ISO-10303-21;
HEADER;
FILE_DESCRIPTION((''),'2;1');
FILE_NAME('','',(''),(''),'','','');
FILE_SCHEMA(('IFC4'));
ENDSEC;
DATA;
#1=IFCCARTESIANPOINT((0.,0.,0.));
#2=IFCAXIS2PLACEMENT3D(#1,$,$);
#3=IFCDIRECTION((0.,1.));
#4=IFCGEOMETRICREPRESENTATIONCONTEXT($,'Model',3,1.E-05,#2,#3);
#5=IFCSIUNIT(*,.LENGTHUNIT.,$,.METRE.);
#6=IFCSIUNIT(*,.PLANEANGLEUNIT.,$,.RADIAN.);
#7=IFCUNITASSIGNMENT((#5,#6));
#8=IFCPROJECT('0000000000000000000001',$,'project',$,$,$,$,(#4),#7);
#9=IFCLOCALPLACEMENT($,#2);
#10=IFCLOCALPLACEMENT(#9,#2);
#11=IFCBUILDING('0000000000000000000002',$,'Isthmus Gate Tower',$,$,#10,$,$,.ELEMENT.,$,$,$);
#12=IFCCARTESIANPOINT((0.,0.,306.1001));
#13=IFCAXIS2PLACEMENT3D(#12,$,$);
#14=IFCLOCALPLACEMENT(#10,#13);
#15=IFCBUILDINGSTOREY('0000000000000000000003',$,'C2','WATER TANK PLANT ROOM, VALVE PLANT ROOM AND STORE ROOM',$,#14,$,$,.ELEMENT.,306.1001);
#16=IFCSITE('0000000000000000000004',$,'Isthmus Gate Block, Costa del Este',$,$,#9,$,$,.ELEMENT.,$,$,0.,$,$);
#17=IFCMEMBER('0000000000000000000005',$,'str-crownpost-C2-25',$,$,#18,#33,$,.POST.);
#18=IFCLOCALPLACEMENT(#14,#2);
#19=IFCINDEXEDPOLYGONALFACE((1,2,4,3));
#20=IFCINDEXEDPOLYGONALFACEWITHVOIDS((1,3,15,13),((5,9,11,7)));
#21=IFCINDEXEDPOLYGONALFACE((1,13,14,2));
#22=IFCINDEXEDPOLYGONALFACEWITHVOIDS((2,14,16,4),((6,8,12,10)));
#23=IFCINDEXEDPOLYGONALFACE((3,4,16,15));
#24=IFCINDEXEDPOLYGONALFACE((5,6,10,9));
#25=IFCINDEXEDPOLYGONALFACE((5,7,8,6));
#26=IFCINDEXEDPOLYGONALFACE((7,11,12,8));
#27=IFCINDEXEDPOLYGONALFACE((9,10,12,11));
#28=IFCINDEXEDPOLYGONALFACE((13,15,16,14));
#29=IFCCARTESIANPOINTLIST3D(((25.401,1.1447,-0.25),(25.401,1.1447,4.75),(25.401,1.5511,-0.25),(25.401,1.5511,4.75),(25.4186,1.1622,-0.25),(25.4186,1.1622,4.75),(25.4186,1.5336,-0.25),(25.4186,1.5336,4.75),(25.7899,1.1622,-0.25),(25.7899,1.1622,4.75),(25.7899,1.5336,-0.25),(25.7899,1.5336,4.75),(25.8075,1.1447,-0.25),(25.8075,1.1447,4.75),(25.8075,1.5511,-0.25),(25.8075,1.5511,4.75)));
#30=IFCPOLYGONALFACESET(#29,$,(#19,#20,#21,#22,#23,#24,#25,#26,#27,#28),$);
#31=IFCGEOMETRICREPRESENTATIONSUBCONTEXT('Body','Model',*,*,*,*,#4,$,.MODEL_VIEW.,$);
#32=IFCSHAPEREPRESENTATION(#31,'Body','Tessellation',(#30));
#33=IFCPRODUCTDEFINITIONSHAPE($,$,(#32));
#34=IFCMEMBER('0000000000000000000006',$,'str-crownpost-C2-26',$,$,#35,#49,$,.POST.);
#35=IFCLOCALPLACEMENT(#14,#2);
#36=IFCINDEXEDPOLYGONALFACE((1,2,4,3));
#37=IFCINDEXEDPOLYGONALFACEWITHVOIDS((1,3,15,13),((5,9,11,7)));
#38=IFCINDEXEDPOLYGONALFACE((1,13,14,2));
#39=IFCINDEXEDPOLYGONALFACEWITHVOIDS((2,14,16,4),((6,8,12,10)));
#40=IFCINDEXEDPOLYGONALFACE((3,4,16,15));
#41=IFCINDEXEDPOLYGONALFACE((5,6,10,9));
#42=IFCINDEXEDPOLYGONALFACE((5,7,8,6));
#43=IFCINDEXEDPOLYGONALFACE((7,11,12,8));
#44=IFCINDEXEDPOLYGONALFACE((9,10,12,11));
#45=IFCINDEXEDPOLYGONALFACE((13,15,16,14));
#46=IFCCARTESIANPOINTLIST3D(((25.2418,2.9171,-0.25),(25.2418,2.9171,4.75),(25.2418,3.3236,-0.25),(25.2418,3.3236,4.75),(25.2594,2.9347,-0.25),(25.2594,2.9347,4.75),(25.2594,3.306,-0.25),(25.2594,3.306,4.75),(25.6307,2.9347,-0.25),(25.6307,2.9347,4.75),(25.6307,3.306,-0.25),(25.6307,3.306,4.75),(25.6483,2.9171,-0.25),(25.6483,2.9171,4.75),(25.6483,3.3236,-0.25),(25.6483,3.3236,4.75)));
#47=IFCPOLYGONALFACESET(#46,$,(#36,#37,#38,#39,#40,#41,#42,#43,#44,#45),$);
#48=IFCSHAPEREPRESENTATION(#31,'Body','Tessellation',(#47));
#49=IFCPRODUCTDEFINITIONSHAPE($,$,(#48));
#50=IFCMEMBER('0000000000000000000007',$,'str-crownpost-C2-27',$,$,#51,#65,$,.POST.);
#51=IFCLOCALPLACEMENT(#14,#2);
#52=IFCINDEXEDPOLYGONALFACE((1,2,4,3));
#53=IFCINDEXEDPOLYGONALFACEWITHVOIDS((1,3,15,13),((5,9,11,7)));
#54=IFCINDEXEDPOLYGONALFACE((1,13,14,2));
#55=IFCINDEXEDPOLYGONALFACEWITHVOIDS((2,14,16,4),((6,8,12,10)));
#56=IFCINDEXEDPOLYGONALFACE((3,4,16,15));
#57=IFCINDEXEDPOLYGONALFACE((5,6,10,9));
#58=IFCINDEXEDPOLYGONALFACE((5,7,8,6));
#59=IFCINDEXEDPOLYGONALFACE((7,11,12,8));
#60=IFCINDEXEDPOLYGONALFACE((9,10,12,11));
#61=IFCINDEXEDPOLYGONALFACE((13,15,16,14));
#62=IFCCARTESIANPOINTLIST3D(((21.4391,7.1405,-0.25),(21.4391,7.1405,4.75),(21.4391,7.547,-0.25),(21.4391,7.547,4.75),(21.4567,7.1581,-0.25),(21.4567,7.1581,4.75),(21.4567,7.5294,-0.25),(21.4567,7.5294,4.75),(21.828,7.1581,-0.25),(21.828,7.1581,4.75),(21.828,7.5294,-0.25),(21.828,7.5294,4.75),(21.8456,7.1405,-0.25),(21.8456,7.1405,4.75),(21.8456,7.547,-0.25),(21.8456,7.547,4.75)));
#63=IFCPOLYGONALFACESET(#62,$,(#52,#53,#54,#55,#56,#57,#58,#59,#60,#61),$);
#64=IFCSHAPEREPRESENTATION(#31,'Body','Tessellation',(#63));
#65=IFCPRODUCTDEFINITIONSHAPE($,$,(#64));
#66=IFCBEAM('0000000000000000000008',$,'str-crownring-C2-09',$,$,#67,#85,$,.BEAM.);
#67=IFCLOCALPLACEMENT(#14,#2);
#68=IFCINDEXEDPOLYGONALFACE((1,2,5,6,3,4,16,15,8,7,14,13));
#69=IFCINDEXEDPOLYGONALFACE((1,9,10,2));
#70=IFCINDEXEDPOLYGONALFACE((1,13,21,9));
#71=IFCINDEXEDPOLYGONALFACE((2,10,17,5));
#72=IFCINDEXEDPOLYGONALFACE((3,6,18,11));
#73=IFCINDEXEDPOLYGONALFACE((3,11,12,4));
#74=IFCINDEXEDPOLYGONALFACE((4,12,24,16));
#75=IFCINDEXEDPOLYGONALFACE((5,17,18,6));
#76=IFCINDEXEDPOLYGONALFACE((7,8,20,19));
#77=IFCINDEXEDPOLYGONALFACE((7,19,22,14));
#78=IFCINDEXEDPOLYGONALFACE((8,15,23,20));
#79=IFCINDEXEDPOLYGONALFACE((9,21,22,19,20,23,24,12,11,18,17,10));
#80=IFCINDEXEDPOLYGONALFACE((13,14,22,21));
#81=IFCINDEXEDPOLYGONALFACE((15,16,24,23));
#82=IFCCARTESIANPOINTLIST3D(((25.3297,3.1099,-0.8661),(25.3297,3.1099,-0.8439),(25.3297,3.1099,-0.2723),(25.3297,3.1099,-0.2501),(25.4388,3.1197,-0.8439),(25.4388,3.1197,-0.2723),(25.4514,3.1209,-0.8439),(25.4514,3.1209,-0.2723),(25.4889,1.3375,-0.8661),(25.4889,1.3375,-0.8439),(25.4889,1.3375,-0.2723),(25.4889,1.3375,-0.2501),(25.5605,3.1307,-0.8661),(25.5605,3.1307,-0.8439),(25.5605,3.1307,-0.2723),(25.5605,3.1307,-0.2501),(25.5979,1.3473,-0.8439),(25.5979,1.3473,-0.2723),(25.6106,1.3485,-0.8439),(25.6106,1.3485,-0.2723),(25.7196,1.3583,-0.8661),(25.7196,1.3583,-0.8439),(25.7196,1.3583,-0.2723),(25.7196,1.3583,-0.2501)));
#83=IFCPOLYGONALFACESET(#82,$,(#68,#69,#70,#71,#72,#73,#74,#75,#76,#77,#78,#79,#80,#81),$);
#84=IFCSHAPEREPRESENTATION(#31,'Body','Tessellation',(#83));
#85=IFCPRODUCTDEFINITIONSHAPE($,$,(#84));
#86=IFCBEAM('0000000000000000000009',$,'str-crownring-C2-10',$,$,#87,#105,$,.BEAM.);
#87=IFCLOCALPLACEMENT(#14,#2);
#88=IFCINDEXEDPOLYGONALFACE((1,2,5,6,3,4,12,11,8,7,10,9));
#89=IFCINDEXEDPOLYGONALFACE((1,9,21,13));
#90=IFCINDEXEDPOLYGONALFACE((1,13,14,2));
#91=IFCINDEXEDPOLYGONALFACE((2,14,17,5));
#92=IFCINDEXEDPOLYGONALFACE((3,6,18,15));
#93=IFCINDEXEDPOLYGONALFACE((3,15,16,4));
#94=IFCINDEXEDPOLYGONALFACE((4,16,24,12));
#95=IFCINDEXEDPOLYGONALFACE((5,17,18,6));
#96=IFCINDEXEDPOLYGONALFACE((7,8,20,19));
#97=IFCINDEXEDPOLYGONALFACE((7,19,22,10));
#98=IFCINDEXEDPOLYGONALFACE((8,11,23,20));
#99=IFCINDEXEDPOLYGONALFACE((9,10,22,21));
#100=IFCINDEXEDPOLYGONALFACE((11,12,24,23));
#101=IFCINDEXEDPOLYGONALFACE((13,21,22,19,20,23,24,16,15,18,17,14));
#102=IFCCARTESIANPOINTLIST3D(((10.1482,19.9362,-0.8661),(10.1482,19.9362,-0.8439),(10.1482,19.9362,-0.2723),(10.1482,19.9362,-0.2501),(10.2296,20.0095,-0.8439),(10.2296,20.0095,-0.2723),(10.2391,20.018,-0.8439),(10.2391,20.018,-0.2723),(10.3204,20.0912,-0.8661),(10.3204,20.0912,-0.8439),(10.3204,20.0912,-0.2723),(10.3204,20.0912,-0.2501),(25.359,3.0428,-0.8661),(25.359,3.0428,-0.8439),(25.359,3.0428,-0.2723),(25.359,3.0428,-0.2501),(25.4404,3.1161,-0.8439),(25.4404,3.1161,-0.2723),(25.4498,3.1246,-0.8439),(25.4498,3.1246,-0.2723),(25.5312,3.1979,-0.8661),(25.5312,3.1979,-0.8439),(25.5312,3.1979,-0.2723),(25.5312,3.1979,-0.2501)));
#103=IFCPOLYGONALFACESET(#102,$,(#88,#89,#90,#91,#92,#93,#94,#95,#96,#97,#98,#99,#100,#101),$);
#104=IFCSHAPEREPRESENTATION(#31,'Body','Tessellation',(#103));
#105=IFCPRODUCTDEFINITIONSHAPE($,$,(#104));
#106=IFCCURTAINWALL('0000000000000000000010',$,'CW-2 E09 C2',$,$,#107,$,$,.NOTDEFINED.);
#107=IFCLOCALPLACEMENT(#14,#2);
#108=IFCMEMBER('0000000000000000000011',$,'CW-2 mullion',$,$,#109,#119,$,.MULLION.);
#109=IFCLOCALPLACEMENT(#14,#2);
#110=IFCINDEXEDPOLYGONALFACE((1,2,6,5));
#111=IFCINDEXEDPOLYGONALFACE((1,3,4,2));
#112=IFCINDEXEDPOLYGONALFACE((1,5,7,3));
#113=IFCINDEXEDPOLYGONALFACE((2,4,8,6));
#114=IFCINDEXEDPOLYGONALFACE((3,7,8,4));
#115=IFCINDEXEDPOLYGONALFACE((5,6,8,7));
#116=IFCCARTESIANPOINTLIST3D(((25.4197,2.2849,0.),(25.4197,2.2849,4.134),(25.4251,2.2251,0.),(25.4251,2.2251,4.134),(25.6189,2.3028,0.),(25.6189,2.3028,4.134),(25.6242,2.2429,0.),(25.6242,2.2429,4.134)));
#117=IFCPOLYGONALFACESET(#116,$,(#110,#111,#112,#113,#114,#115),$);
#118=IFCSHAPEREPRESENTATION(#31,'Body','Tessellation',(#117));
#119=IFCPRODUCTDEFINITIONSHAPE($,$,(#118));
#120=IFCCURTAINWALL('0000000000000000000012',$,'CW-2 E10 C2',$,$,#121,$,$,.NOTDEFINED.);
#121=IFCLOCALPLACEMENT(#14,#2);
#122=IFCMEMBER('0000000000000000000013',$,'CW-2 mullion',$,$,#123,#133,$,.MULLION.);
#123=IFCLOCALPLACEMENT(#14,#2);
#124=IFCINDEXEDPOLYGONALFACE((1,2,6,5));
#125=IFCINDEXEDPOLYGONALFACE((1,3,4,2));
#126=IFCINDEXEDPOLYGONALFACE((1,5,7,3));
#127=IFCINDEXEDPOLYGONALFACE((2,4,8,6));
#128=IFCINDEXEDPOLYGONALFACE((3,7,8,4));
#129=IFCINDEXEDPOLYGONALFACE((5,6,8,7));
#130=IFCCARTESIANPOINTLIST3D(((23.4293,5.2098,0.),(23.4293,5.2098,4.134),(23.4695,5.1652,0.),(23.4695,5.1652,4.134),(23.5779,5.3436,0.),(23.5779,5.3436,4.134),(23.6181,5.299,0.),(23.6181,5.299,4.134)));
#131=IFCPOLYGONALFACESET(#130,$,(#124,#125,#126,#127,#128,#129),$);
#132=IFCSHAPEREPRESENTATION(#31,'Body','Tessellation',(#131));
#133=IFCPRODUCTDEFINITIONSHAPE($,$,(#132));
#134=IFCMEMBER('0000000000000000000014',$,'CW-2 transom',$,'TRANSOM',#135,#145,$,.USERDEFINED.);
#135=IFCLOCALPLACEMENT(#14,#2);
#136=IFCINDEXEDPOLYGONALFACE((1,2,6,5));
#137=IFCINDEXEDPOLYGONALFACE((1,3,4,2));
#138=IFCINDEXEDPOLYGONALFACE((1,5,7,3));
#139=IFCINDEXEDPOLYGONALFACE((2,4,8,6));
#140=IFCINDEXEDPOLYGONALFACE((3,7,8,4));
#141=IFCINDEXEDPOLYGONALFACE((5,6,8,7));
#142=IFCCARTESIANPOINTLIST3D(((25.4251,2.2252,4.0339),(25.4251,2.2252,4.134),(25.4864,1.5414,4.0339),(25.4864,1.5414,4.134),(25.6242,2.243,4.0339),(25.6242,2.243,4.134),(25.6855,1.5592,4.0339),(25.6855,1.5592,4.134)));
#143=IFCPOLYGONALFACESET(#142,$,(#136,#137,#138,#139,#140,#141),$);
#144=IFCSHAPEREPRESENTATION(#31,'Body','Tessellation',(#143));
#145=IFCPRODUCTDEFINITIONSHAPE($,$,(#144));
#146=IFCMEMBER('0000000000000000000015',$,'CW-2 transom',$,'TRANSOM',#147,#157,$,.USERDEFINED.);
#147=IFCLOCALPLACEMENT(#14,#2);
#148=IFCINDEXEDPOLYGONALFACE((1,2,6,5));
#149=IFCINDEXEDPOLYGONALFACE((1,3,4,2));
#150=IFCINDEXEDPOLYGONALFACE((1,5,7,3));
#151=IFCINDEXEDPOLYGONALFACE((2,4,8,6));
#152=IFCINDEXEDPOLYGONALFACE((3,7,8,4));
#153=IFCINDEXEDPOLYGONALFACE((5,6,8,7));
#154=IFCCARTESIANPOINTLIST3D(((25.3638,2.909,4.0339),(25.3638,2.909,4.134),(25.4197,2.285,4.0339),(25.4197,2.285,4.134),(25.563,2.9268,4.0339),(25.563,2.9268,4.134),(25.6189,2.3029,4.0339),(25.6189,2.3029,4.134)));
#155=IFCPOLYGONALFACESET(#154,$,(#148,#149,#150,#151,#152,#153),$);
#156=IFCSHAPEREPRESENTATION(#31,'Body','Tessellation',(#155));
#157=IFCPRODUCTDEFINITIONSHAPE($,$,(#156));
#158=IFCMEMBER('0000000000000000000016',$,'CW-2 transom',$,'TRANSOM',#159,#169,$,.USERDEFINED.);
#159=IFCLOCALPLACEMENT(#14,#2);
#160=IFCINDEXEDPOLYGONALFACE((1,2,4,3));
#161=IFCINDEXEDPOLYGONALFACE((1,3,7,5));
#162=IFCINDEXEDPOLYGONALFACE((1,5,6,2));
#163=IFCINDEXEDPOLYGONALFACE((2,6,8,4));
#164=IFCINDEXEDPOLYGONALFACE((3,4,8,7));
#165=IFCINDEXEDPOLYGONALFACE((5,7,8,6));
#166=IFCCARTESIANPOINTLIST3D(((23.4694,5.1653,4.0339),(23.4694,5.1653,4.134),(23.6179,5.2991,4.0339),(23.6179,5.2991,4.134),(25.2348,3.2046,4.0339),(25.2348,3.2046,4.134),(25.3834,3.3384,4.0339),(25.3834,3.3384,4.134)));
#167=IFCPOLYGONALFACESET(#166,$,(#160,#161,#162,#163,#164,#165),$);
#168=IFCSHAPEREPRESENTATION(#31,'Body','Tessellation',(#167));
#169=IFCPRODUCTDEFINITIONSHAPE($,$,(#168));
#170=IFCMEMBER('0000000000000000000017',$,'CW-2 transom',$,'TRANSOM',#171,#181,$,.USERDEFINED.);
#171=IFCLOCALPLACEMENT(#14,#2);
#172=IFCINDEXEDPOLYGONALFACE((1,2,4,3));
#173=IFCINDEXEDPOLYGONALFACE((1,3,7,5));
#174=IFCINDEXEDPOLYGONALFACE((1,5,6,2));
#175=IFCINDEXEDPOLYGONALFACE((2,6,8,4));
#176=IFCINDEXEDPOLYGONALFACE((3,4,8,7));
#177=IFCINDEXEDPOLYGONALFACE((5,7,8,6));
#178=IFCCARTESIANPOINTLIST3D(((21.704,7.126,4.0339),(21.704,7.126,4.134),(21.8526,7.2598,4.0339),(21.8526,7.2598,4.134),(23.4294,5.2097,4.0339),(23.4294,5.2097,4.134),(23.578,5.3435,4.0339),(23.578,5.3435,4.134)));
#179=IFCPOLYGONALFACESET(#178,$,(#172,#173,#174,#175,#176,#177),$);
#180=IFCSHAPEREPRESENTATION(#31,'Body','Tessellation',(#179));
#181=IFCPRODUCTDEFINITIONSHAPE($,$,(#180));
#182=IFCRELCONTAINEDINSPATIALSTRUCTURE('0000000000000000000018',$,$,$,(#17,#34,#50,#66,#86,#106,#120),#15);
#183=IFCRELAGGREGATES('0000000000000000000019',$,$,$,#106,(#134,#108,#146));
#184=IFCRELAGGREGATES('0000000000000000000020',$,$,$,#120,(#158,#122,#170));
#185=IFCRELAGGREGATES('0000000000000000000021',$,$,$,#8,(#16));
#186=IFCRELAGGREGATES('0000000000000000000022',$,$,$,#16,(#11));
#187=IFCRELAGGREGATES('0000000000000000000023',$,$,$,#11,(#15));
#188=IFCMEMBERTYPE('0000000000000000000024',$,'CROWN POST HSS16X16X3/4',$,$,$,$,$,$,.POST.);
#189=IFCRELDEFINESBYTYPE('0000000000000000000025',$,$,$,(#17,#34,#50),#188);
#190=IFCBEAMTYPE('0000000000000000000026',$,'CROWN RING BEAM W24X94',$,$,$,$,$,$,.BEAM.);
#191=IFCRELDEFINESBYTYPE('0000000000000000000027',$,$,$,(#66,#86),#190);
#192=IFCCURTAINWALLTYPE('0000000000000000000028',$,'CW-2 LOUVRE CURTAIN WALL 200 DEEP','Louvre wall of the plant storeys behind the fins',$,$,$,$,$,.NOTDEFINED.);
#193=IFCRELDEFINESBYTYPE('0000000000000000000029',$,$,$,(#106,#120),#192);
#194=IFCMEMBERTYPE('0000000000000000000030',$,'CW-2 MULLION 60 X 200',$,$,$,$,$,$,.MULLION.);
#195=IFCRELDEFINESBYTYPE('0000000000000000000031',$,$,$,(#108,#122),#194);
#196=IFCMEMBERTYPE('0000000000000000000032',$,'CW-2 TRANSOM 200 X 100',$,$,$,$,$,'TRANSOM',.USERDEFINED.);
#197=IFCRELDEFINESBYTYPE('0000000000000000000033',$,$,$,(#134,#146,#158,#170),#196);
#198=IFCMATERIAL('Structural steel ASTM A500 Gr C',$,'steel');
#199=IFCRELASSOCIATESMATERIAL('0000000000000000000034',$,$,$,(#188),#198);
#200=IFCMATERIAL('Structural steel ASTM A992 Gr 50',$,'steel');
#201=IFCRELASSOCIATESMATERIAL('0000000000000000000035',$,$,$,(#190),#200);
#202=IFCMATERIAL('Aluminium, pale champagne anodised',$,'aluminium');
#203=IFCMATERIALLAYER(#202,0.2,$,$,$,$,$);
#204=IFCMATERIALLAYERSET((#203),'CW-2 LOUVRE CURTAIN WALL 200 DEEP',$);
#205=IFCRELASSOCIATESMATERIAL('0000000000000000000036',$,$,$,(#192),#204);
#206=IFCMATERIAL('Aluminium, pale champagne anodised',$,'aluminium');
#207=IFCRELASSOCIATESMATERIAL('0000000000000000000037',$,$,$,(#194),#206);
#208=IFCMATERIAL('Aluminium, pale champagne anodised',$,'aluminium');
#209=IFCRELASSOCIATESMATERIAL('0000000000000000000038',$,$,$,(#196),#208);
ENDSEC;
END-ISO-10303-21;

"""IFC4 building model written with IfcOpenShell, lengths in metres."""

from ifc_helpers import new_model, si_unit, direction, frame, origin, origin_2d, place, context, subcontext, project, spatial, rectangle, hollow_rectangle, i_section, extrude, material, layer, layer_set, material_profile, profile_set, type_object, element, aggregate, save


model = new_model("IFC4")

# Units and contexts
model_context = context("Model", 3, precision=1e-05, world=origin(), true_north=direction((0.0, 1.0)))
body_context = subcontext(model_context, "Body", "Model", "MODEL_VIEW")
ifc_project = project(units=[si_unit("LENGTHUNIT", "METRE"), si_unit("PLANEANGLEUNIT", "RADIAN")], contexts=[model_context])

# Site, building, storey
site_placement = place(None, origin())
site = spatial("IfcSite", under=ifc_project, at=site_placement, Name="Isthmus Gate Block, Costa del Este", CompositionType="ELEMENT", RefElevation=0.0)
building_placement = place(site_placement, origin())
building = spatial("IfcBuilding", under=site, at=building_placement, Name="Isthmus Gate Tower", CompositionType="ELEMENT")
storey_placement = place(building_placement, frame((0.0, 0.0, 306.1001)))
storey = spatial("IfcBuildingStorey", under=building, at=storey_placement, Name="C2", Description="WATER TANK PLANT ROOM, VALVE PLANT ROOM AND STORE ROOM", CompositionType="ELEMENT", Elevation=306.1001)

# Members
ifc_material_1 = material(Name="Structural steel ASTM A500 Gr C", Category="steel")
ifc_material_profile_1 = material_profile(ifc_material_1, hollow_rectangle(XDim=0.4065, YDim=0.4065, WallThickness=0.0176, at=origin_2d()), Name="HSS16X16X3/4")
ifc_profile_set_1 = profile_set([ifc_material_profile_1], Name="Structural steel ASTM A500 Gr C")
member_type_1 = type_object("IfcMemberType", Name="CROWN POST HSS16X16X3/4", PredefinedType="POST", material=ifc_profile_set_1)
for number, where, z_axis, x_axis, name in (
    (1, (25.6042, 1.3479, -0.25), (0.0, 0.0, 1.0), (1.0, 0.0, 0.0), "str-crownpost-C2-25"),
    (2, (25.4451, 3.1204, -0.25), (0.0, 0.0, 1.0), (1.0, 0.0, 0.0), "str-crownpost-C2-26"),
    (3, (21.6423, 7.3438, -0.25), (0.0, 0.0, 1.0), (1.0, 0.0, 0.0), "str-crownpost-C2-27"),
):
    element("IfcMember", number, at=place(storey_placement, frame(where, z_axis=z_axis, x_axis=x_axis)), inside=storey, type_object=member_type_1, Name=name, PredefinedType="POST", context=body_context, shape_type="SweptSolid", body=[
        extrude(hollow_rectangle(XDim=0.4065, YDim=0.4065, WallThickness=0.0176, at=origin_2d()), origin(), (0.0, 0.0, 1.0), 5.0),
    ])

# Beams
ifc_material_2 = material(Name="Structural steel ASTM A992 Gr 50", Category="steel")
ifc_material_profile_2 = material_profile(ifc_material_2, i_section(OverallWidth=0.2317, OverallDepth=0.616, WebThickness=0.0127, FlangeThickness=0.0222, at=origin_2d()), Name="W24X94")
ifc_profile_set_2 = profile_set([ifc_material_profile_2], Name="Structural steel ASTM A992 Gr 50")
beam_type_1 = type_object("IfcBeamType", Name="CROWN RING BEAM W24X94", PredefinedType="BEAM", material=ifc_profile_set_2)
beam_1_placement = place(storey_placement, frame((25.6042, 1.3479, -0.5581), z_axis=(-0.089447, 0.995992, 0.0), x_axis=(-0.995992, -0.089447, 0.0)))
element("IfcBeam", 4, at=beam_1_placement, inside=storey, type_object=beam_type_1, Name="str-crownring-C2-09", PredefinedType="BEAM", context=body_context, shape_type="SweptSolid", body=[
    extrude(i_section(OverallWidth=0.2317, OverallDepth=0.616, WebThickness=0.0127, FlangeThickness=0.0222, at=origin_2d()), origin(), (0.0, 0.0, 1.0), 1.7795),
])
beam_2_placement = place(storey_placement, frame((25.4451, 3.1204, -0.5581), z_axis=(-0.669128, 0.743147, 0.0), x_axis=(-0.743147, -0.669128, 0.0)))
element("IfcBeam", 5, at=beam_2_placement, inside=storey, type_object=beam_type_1, Name="str-crownring-C2-10", PredefinedType="BEAM", context=body_context, shape_type="SweptSolid", body=[
    extrude(i_section(OverallWidth=0.2317, OverallDepth=0.616, WebThickness=0.0127, FlangeThickness=0.0222, at=origin_2d()), origin(), (0.0, 0.0, 1.0), 22.7322),
])

# Curtain walls, members
ifc_material_3 = material(Name="Aluminium, pale champagne anodised", Category="aluminium")
ifc_layer_1 = layer(ifc_material_3, 0.2)
ifc_layer_set_1 = layer_set([ifc_layer_1], Name="CW-2 LOUVRE CURTAIN WALL 200 DEEP")
curtain_wall_type = type_object("IfcCurtainWallType", Name="CW-2 LOUVRE CURTAIN WALL 200 DEEP", Description="Louvre wall of the plant storeys behind the fins", PredefinedType="NOTDEFINED", material=ifc_layer_set_1)
curtain_wall_1_placement = place(storey_placement, origin())
curtain_wall_1 = element("IfcCurtainWall", 6, at=curtain_wall_1_placement, inside=storey, type_object=curtain_wall_type, Name="CW-2 E09 C2", PredefinedType="NOTDEFINED")
ifc_material_4 = material(Name="Aluminium, pale champagne anodised", Category="aluminium")
ifc_material_profile_3 = material_profile(ifc_material_4, rectangle(XDim=0.0601, YDim=0.2, at=origin_2d()), Name="60x200")
ifc_profile_set_3 = profile_set([ifc_material_profile_3], Name="Aluminium, pale champagne anodised")
member_type_2 = type_object("IfcMemberType", Name="CW-2 MULLION 60 X 200", PredefinedType="MULLION", material=ifc_profile_set_3)
member_1_placement = place(storey_placement, frame((25.522, 2.2639, 0.0), z_axis=(0.0, 0.0, 1.0), x_axis=(-0.089397, 0.995996, 0.0)))
member_1 = element("IfcMember", 7, at=member_1_placement, type_object=member_type_2, Name="CW-2 mullion", PredefinedType="MULLION", context=body_context, shape_type="SweptSolid", body=[
    extrude(rectangle(XDim=0.0601, YDim=0.2, at=origin_2d()), origin(), (0.0, 0.0, 1.0), 4.134),
])
curtain_wall_2_placement = place(storey_placement, origin())
curtain_wall_2 = element("IfcCurtainWall", 8, at=curtain_wall_2_placement, inside=storey, type_object=curtain_wall_type, Name="CW-2 E10 C2", PredefinedType="NOTDEFINED")
member_2_placement = place(storey_placement, frame((23.5237, 5.2544, 0.0), z_axis=(0.0, 0.0, 1.0), x_axis=(-0.669131, 0.743145, 0.0)))
member_2 = element("IfcMember", 9, at=member_2_placement, type_object=member_type_2, Name="CW-2 mullion", PredefinedType="MULLION", context=body_context, shape_type="SweptSolid", body=[
    extrude(rectangle(XDim=0.0601, YDim=0.2, at=origin_2d()), origin(), (0.0, 0.0, 1.0), 4.134),
])

# Members
ifc_material_5 = material(Name="Aluminium, pale champagne anodised", Category="aluminium")
ifc_material_profile_4 = material_profile(ifc_material_5, rectangle(XDim=0.2, YDim=0.1001, at=origin_2d()), Name="200x100")
ifc_profile_set_4 = profile_set([ifc_material_profile_4], Name="Aluminium, pale champagne anodised")
member_type_3 = type_object("IfcMemberType", Name="CW-2 TRANSOM 200 X 100", ElementType="TRANSOM", PredefinedType="USERDEFINED", material=ifc_profile_set_4)
member_3_placement = place(storey_placement, frame((25.5859, 1.5503, 4.084), z_axis=(-0.089253, 0.996009, 0.0), x_axis=(-0.996009, -0.089253, 0.0)))
member_3 = element("IfcMember", 10, at=member_3_placement, type_object=member_type_3, Name="CW-2 transom", ObjectType="TRANSOM", PredefinedType="USERDEFINED", context=body_context, shape_type="SweptSolid", body=[
    extrude(rectangle(XDim=0.2, YDim=0.1001, at=origin_2d()), origin(), (0.0, 0.0, 1.0), 0.6865),
])
member_4_placement = place(storey_placement, frame((25.5193, 2.2939, 4.084), z_axis=(-0.089236, 0.996011, 0.0), x_axis=(-0.996011, -0.089236, 0.0)))
member_4 = element("IfcMember", 11, at=member_4_placement, type_object=member_type_3, Name="CW-2 transom", ObjectType="TRANSOM", PredefinedType="USERDEFINED", context=body_context, shape_type="SweptSolid", body=[
    extrude(rectangle(XDim=0.2, YDim=0.1001, at=origin_2d()), origin(), (0.0, 0.0, 1.0), 0.6265),
])
member_5_placement = place(storey_placement, frame((25.3091, 3.2715, 4.084), z_axis=(-0.669123, 0.743151, 0.0), x_axis=(-0.743151, -0.669123, 0.0)))
member_5 = element("IfcMember", 12, at=member_5_placement, type_object=member_type_3, Name="CW-2 transom", ObjectType="TRANSOM", PredefinedType="USERDEFINED", context=body_context, shape_type="SweptSolid", body=[
    extrude(rectangle(XDim=0.2, YDim=0.1001, at=origin_2d()), origin(), (0.0, 0.0, 1.0), 2.6384),
])
member_6_placement = place(storey_placement, frame((23.5037, 5.2766, 4.084), z_axis=(-0.669116, 0.743158, 0.0), x_axis=(-0.743158, -0.669116, 0.0)))
member_6 = element("IfcMember", 13, at=member_6_placement, type_object=member_type_3, Name="CW-2 transom", ObjectType="TRANSOM", PredefinedType="USERDEFINED", context=body_context, shape_type="SweptSolid", body=[
    extrude(rectangle(XDim=0.2, YDim=0.1001, at=origin_2d()), origin(), (0.0, 0.0, 1.0), 2.5786),
])

aggregate(curtain_wall_1, [member_3, member_1, member_4])
aggregate(curtain_wall_2, [member_5, member_2, member_6])

save(model, "model.ifc")
